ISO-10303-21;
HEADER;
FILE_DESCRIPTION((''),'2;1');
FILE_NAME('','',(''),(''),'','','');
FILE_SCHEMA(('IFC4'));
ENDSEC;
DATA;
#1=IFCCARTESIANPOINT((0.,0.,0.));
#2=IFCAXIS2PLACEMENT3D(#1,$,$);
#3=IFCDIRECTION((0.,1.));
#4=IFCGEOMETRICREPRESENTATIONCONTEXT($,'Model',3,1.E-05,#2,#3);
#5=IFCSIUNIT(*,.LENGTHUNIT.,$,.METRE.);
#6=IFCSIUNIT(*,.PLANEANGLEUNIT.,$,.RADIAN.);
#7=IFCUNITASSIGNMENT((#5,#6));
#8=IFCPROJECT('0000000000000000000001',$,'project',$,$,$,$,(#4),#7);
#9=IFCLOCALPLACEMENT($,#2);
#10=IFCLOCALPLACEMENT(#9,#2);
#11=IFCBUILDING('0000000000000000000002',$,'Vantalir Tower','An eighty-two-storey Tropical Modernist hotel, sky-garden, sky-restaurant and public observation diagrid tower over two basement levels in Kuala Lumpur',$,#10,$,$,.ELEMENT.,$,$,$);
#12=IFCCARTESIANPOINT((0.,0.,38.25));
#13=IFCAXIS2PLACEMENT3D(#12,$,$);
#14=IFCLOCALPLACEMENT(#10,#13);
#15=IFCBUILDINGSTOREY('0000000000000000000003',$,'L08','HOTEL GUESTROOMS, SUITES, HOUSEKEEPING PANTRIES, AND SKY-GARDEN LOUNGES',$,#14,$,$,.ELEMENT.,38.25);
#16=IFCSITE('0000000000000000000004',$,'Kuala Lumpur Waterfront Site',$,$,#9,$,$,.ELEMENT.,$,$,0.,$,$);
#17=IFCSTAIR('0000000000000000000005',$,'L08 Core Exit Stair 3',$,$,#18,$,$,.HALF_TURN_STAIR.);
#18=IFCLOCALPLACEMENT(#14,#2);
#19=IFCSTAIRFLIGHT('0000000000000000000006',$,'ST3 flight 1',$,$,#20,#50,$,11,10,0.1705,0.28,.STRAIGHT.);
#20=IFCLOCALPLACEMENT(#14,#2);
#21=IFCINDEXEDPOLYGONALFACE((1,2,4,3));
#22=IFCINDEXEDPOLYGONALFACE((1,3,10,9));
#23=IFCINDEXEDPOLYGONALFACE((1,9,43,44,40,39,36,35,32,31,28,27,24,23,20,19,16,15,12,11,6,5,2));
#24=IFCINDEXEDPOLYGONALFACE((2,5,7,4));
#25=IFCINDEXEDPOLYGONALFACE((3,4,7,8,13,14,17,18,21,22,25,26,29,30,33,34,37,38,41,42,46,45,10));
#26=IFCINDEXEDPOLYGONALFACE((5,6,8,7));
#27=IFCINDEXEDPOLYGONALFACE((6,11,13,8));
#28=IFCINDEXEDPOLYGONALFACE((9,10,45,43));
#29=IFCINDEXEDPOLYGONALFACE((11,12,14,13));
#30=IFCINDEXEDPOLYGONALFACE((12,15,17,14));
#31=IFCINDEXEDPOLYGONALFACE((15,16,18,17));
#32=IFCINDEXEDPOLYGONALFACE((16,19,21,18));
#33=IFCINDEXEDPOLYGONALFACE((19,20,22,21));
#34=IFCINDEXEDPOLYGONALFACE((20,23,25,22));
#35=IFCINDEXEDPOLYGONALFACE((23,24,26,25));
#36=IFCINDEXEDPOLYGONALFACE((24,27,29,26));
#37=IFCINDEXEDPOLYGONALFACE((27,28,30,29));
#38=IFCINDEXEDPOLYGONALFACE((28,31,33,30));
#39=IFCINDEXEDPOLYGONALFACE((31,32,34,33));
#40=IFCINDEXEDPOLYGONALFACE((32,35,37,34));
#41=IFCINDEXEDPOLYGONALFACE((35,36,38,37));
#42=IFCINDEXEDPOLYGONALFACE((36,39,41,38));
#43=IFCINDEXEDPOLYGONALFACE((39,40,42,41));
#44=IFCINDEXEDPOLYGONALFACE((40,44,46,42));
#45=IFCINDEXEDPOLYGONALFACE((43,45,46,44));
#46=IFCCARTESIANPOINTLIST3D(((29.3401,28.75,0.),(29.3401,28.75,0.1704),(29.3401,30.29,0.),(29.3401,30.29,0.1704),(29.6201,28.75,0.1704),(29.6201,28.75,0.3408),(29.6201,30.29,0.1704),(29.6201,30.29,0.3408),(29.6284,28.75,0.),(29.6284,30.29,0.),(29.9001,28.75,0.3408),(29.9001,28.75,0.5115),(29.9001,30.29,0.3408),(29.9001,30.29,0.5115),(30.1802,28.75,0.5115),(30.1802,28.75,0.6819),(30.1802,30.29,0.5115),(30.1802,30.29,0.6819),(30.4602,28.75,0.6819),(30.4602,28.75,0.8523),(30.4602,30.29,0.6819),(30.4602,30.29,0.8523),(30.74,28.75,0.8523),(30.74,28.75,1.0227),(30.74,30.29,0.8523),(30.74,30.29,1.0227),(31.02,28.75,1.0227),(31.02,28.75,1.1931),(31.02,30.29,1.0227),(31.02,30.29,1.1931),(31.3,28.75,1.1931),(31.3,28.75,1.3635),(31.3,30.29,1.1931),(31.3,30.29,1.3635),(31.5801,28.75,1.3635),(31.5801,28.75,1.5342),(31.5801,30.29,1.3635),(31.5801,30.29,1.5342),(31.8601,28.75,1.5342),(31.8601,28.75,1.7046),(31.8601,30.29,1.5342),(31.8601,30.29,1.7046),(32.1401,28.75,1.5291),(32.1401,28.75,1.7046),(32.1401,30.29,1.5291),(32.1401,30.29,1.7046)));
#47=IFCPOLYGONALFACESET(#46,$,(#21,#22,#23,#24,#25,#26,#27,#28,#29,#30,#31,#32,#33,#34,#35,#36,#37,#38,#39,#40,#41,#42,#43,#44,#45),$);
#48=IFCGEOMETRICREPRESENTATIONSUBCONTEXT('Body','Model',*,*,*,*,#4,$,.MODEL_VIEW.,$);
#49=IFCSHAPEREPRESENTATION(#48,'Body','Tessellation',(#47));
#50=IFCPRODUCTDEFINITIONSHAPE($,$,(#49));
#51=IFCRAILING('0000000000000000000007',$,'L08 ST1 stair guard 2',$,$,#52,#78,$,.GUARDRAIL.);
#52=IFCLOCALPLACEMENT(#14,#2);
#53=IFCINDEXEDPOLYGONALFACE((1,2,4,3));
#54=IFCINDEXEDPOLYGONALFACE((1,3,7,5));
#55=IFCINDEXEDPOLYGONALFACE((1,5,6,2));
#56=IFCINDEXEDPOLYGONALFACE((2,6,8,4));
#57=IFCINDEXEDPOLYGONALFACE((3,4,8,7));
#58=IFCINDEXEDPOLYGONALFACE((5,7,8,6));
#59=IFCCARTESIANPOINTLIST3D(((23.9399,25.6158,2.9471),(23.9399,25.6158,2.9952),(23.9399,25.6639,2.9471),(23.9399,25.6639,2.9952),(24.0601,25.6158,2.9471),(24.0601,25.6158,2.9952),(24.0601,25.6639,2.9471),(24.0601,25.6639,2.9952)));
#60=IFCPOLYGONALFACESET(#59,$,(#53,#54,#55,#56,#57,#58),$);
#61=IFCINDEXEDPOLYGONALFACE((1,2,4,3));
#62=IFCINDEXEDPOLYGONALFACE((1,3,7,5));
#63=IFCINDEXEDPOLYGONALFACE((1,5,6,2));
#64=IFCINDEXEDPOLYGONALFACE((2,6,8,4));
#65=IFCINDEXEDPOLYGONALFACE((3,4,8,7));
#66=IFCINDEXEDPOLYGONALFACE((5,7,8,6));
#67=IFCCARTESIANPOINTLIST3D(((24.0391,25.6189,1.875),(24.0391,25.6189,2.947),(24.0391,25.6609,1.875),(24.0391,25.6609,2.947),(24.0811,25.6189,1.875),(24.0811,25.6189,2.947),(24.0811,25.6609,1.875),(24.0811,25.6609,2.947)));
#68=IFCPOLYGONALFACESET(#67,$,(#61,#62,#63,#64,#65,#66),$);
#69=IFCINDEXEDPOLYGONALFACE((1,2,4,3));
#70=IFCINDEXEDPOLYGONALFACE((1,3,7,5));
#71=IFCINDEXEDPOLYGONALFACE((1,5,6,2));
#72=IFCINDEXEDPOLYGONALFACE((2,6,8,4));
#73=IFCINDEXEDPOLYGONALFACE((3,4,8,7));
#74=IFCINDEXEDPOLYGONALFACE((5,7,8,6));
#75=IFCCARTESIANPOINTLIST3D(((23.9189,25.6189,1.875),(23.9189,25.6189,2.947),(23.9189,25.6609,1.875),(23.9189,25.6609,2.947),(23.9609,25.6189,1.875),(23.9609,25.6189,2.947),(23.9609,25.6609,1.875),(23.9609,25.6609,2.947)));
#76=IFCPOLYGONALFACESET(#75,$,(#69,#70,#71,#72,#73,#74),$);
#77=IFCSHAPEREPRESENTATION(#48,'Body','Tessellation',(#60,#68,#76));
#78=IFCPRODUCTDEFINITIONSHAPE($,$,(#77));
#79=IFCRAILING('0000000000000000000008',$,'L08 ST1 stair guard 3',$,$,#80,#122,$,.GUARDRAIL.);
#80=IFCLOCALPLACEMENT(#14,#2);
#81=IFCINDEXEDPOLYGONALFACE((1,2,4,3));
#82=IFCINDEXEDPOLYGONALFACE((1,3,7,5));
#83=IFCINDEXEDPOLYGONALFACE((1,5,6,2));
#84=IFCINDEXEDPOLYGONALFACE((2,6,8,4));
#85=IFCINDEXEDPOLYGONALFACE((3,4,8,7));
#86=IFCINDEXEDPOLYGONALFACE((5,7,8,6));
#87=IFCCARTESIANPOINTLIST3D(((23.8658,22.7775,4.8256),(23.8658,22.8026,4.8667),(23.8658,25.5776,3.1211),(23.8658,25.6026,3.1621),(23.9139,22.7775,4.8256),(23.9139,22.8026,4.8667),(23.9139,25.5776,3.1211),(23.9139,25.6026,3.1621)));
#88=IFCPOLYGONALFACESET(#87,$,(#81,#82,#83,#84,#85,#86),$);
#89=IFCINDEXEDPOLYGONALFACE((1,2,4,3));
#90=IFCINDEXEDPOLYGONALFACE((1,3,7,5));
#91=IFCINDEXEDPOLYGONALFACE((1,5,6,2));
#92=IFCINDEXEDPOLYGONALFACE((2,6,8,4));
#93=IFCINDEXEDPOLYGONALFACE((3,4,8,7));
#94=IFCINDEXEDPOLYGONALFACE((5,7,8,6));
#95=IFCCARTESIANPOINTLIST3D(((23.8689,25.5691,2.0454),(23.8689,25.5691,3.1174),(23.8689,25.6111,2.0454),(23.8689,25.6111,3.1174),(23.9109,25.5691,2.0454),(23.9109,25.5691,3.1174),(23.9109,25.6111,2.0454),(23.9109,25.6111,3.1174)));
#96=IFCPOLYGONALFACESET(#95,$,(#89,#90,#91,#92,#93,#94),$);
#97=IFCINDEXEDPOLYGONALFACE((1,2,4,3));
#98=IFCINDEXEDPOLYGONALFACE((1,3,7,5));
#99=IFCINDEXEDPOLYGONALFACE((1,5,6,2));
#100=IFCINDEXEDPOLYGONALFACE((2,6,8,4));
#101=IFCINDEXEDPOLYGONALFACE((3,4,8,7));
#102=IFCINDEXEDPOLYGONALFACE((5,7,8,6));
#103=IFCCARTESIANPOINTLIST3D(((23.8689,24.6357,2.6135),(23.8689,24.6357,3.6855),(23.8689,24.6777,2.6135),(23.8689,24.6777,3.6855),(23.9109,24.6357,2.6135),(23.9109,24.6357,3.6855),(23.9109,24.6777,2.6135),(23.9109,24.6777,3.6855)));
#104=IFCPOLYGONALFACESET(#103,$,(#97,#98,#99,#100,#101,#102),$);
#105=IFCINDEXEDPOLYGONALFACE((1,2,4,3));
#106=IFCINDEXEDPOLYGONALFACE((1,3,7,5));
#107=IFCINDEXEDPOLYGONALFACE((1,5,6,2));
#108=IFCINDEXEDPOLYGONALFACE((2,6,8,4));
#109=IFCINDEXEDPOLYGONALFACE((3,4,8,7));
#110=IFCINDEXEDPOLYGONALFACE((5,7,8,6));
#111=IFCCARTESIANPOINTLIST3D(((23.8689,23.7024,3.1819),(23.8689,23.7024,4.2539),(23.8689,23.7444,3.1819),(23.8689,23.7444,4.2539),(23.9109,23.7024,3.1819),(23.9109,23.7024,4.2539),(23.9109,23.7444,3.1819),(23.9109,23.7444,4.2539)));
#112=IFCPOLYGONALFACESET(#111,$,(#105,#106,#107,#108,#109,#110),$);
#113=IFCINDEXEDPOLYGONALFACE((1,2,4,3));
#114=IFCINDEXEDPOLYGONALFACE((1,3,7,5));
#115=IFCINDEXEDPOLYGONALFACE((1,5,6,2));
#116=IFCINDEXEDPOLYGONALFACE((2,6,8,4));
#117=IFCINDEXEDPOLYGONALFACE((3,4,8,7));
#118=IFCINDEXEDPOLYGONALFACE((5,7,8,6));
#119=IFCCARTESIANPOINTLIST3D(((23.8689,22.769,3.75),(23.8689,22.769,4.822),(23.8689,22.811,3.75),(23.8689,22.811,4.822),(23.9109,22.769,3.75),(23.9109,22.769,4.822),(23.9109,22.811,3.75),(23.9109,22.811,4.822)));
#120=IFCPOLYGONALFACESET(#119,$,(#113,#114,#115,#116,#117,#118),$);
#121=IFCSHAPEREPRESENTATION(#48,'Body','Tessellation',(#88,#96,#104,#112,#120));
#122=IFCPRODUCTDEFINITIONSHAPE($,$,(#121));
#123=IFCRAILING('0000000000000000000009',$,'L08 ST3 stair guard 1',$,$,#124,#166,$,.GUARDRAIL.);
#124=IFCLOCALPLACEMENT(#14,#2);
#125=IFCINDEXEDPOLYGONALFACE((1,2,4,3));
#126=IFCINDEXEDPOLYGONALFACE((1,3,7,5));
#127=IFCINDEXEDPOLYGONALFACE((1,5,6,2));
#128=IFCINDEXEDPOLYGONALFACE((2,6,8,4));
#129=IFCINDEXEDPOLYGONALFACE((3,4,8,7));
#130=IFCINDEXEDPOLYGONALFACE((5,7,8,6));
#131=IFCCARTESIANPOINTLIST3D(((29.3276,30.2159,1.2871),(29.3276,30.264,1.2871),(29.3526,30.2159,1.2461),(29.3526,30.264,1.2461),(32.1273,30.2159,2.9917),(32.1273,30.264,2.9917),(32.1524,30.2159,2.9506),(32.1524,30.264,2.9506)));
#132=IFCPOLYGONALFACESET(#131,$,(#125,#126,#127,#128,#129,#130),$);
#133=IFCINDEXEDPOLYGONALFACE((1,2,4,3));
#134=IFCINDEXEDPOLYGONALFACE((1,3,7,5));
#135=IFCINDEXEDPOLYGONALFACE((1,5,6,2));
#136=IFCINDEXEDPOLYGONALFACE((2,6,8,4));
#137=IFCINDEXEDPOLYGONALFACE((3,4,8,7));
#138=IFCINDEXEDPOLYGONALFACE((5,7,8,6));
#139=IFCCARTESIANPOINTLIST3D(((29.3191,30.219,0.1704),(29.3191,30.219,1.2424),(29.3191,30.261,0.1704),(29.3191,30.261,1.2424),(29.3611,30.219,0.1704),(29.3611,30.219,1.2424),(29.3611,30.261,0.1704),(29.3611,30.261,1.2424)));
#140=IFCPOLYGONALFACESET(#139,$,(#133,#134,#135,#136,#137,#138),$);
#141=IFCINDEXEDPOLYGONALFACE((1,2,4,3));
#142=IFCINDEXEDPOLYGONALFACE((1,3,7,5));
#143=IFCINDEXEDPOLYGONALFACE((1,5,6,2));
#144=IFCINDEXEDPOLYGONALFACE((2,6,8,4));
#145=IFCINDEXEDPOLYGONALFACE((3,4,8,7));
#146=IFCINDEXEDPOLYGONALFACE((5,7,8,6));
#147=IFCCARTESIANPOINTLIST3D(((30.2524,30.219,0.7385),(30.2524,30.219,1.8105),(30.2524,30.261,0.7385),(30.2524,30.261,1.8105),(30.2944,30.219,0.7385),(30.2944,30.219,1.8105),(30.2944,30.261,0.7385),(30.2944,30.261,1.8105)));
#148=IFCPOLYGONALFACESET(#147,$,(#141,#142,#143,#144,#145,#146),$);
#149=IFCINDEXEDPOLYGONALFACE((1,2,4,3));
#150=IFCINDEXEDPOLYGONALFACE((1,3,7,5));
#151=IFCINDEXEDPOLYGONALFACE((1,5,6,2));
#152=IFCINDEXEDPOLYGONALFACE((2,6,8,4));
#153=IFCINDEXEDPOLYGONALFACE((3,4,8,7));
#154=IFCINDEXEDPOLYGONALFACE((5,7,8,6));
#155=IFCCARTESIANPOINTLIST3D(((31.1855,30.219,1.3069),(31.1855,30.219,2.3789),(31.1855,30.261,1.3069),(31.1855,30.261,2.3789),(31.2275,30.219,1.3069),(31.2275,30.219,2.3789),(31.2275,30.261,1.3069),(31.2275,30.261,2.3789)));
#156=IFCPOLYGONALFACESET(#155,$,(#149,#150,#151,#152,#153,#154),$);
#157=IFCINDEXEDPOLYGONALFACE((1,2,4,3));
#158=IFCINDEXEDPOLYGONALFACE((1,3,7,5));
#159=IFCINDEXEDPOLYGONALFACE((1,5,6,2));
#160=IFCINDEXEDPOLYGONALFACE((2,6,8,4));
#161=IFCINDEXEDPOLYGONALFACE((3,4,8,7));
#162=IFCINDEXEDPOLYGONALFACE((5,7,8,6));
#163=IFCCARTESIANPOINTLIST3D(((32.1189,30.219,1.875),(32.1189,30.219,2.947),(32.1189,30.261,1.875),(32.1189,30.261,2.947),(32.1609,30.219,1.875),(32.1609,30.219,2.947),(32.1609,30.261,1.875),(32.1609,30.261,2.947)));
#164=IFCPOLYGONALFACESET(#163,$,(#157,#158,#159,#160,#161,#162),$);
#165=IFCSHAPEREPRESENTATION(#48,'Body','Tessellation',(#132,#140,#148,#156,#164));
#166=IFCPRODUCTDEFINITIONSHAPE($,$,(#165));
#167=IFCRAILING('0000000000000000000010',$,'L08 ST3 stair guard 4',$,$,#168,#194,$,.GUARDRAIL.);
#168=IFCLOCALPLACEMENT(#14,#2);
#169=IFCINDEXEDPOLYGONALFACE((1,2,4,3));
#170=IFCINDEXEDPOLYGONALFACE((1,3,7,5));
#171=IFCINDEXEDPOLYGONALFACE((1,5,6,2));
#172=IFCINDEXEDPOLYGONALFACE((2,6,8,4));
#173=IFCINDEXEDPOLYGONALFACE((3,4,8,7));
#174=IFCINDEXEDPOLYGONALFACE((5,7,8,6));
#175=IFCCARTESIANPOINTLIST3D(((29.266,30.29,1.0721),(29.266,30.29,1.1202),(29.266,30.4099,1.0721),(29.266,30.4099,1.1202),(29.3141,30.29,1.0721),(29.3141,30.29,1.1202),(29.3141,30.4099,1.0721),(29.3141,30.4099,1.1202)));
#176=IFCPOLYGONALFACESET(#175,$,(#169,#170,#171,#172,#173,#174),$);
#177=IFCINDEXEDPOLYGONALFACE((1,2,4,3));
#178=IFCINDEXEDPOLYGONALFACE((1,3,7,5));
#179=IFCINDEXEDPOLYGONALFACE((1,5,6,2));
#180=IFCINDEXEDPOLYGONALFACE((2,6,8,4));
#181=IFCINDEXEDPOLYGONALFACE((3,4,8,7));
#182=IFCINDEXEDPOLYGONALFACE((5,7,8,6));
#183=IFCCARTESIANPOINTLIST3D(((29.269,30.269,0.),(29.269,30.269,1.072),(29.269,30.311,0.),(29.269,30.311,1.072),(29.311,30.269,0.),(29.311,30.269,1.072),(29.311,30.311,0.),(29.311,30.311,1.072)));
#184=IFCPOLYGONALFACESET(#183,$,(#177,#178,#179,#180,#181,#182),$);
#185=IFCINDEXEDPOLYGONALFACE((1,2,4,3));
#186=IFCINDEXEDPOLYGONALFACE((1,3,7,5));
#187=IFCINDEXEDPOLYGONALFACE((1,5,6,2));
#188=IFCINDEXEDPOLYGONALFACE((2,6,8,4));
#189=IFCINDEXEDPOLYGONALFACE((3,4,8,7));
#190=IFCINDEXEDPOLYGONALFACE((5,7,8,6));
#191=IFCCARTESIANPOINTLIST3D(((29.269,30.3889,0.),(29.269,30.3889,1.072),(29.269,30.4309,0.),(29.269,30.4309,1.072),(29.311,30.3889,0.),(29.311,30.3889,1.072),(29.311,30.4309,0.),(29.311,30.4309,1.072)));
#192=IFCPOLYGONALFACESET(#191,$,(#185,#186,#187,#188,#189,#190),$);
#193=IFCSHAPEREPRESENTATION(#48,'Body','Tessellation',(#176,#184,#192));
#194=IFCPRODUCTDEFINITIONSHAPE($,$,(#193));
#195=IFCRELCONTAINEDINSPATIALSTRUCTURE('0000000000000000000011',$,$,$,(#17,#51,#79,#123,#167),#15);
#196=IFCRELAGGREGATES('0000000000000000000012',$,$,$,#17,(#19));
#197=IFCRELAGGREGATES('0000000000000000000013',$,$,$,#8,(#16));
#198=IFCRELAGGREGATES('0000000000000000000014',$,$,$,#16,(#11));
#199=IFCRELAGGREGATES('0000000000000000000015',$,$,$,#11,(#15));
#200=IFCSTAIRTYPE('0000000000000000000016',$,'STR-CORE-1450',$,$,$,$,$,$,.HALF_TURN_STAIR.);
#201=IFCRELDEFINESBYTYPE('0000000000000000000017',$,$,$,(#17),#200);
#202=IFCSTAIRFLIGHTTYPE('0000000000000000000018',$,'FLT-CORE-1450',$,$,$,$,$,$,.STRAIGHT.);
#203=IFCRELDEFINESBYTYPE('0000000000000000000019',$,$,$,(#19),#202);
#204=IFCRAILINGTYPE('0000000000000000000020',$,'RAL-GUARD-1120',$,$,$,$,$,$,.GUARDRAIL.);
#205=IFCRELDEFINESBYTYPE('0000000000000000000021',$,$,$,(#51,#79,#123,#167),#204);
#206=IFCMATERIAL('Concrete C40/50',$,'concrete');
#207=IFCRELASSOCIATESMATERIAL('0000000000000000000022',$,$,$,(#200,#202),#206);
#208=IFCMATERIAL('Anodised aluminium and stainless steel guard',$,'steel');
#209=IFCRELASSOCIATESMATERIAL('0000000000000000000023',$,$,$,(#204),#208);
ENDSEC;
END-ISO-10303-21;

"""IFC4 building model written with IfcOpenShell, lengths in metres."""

from ifc_helpers import new_model, si_unit, direction, frame, origin, origin_2d, place, context, subcontext, project, spatial, polyline, rectangle, outline, extrude, material, type_object, element, aggregate, save


model = new_model("IFC4")

# Units and contexts
model_context = context("Model", 3, precision=1e-05, world=origin(), true_north=direction((0.0, 1.0)))
body_context = subcontext(model_context, "Body", "Model", "MODEL_VIEW")
ifc_project = project(units=[si_unit("LENGTHUNIT", "METRE"), si_unit("PLANEANGLEUNIT", "RADIAN")], contexts=[model_context])

# Site, building, storey
site_placement = place(None, origin())
site = spatial("IfcSite", under=ifc_project, at=site_placement, Name="Kuala Lumpur Waterfront Site", CompositionType="ELEMENT", RefElevation=0.0)
building_placement = place(site_placement, origin())
building = spatial("IfcBuilding", under=site, at=building_placement, Name="Vantalir Tower", Description="An eighty-two-storey Tropical Modernist hotel, sky-garden, sky-restaurant and public observation diagrid tower over two basement levels in Kuala Lumpur", CompositionType="ELEMENT")
storey_placement = place(building_placement, frame((0.0, 0.0, 38.25)))
storey = spatial("IfcBuildingStorey", under=building, at=storey_placement, Name="L08", Description="HOTEL GUESTROOMS, SUITES, HOUSEKEEPING PANTRIES, AND SKY-GARDEN LOUNGES", CompositionType="ELEMENT", Elevation=38.25)

# Stair, stair flight
ifc_material_1 = material(Name="Concrete C40/50", Category="concrete")
stair_type = type_object("IfcStairType", Name="STR-CORE-1450", PredefinedType="HALF_TURN_STAIR", material=ifc_material_1)
stair_flight_type = type_object("IfcStairFlightType", Name="FLT-CORE-1450", PredefinedType="STRAIGHT", material=ifc_material_1)
stair_1_placement = place(storey_placement, origin())
stair_1 = element("IfcStair", 1, at=stair_1_placement, inside=storey, type_object=stair_type, Name="L08 Core Exit Stair 3", PredefinedType="HALF_TURN_STAIR")
stair_flight_1_placement = place(storey_placement, frame((29.3401, 29.52, 0.0), z_axis=(0.0, 0.0, 1.0), x_axis=(1.0, 0.0, 0.0)))
stair_flight_1 = element("IfcStairFlight", 2, at=stair_flight_1_placement, type_object=stair_flight_type, Name="ST3 flight 1", NumberOfRisers=11, NumberOfTreads=10, PredefinedType="STRAIGHT", RiserHeight=0.1705, TreadLength=0.28, context=body_context, shape_type="SweptSolid", body=[
    extrude(outline(polyline([(0.0, 0.0), (0.0, 0.1704), (0.28, 0.1704), (0.28, 0.3408), (0.5601, 0.3408), (0.5601, 0.5115), (0.8401, 0.5115), (0.8401, 0.6819), (1.1201, 0.6819), (1.1201, 0.8523), (1.3999, 0.8523), (1.3999, 1.0227), (1.6799, 1.0227), (1.6799, 1.1931), (1.96, 1.1931), (1.96, 1.3635), (2.24, 1.3635), (2.24, 1.5342), (2.52, 1.5342), (2.52, 1.7046), (2.8, 1.7046), (2.8, 1.875), (2.8, 1.5291), (0.2883, 0.0), (0.0, 0.0)])), frame((0.0, 0.77, 0.0), z_axis=(0.0, -1.0, 0.0), x_axis=(1.0, 0.0, 0.0)), (0.0, 0.0, 1.0), 1.54),
])
aggregate(stair_1, [stair_flight_1])

# Railings
ifc_material_2 = material(Name="Anodised aluminium and stainless steel guard", Category="steel")
railing_type_1 = type_object("IfcRailingType", Name="RAL-GUARD-1120", PredefinedType="GUARDRAIL", material=ifc_material_2)
railing_1_placement = place(storey_placement, frame((24.0601, 25.6399, 1.875)))
element("IfcRailing", 3, at=railing_1_placement, inside=storey, type_object=railing_type_1, Name="L08 ST1 stair guard 2", PredefinedType="GUARDRAIL", context=body_context, shape_type="SweptSolid", body=[
    extrude(rectangle(XDim=0.0481, YDim=0.0481, at=origin_2d()), frame((0.0, 0.0, 1.0962), z_axis=(-1.0, 0.0, 0.0), x_axis=(0.0, -1.0, 0.0)), (0.0, 0.0, 1.0), 0.1201),
    extrude(rectangle(XDim=0.042, YDim=0.042, at=origin_2d()), origin(), (0.0, 0.0, 1.0), 1.072),
    extrude(rectangle(XDim=0.042, YDim=0.042, at=origin_2d()), frame((-0.1201, 0.0, 0.0)), (0.0, 0.0, 1.0), 1.072),
])
railing_2_placement = place(storey_placement, frame((23.8899, 25.5901, 2.0454)))
element("IfcRailing", 4, at=railing_2_placement, inside=storey, type_object=railing_type_1, Name="L08 ST1 stair guard 3", PredefinedType="GUARDRAIL", context=body_context, shape_type="SweptSolid", body=[
    extrude(rectangle(XDim=0.0481, YDim=0.0481, at=origin_2d()), frame((0.0, 0.0, 1.0962), z_axis=(0.0, -0.85417, 0.519994), x_axis=(1.0, 0.0, 0.0)), (0.0, 0.0, 1.0), 3.2781),
    extrude(rectangle(XDim=0.042, YDim=0.042, at=origin_2d()), origin(), (0.0, 0.0, 1.0), 1.072),
    extrude(rectangle(XDim=0.042, YDim=0.042, at=origin_2d()), frame((0.0, -0.9333, 0.5681)), (0.0, 0.0, 1.0), 1.072),
    extrude(rectangle(XDim=0.042, YDim=0.042, at=origin_2d()), frame((0.0, -1.8667, 1.1365)), (0.0, 0.0, 1.0), 1.072),
    extrude(rectangle(XDim=0.042, YDim=0.042, at=origin_2d()), frame((0.0, -2.8, 1.7046)), (0.0, 0.0, 1.0), 1.072),
])
railing_3_placement = place(storey_placement, frame((29.3401, 30.24, 0.1704)))
element("IfcRailing", 5, at=railing_3_placement, inside=storey, type_object=railing_type_1, Name="L08 ST3 stair guard 1", PredefinedType="GUARDRAIL", context=body_context, shape_type="SweptSolid", body=[
    extrude(rectangle(XDim=0.0481, YDim=0.0481, at=origin_2d()), frame((0.0, 0.0, 1.0962), z_axis=(0.85415, 0.0, 0.520027), x_axis=(0.0, 1.0, 0.0)), (0.0, 0.0, 1.0), 3.2778),
    extrude(rectangle(XDim=0.042, YDim=0.042, at=origin_2d()), origin(), (0.0, 0.0, 1.0), 1.072),
    extrude(rectangle(XDim=0.042, YDim=0.042, at=origin_2d()), frame((0.9333, 0.0, 0.5681)), (0.0, 0.0, 1.0), 1.072),
    extrude(rectangle(XDim=0.042, YDim=0.042, at=origin_2d()), frame((1.8665, 0.0, 1.1365)), (0.0, 0.0, 1.0), 1.072),
    extrude(rectangle(XDim=0.042, YDim=0.042, at=origin_2d()), frame((2.7998, 0.0, 1.7046)), (0.0, 0.0, 1.0), 1.072),
])
railing_4_placement = place(storey_placement, frame((29.29, 30.29, 0.0)))
element("IfcRailing", 6, at=railing_4_placement, inside=storey, type_object=railing_type_1, Name="L08 ST3 stair guard 4", PredefinedType="GUARDRAIL", context=body_context, shape_type="SweptSolid", body=[
    extrude(rectangle(XDim=0.0481, YDim=0.0481, at=origin_2d()), frame((0.0, 0.0, 1.0962), z_axis=(0.0, 1.0, 0.0), x_axis=(-1.0, 0.0, 0.0)), (0.0, 0.0, 1.0), 0.1199),
    extrude(rectangle(XDim=0.042, YDim=0.042, at=origin_2d()), origin(), (0.0, 0.0, 1.0), 1.072),
    extrude(rectangle(XDim=0.042, YDim=0.042, at=origin_2d()), frame((0.0, 0.1199, 0.0)), (0.0, 0.0, 1.0), 1.072),
])

save(model, "model.ifc")
